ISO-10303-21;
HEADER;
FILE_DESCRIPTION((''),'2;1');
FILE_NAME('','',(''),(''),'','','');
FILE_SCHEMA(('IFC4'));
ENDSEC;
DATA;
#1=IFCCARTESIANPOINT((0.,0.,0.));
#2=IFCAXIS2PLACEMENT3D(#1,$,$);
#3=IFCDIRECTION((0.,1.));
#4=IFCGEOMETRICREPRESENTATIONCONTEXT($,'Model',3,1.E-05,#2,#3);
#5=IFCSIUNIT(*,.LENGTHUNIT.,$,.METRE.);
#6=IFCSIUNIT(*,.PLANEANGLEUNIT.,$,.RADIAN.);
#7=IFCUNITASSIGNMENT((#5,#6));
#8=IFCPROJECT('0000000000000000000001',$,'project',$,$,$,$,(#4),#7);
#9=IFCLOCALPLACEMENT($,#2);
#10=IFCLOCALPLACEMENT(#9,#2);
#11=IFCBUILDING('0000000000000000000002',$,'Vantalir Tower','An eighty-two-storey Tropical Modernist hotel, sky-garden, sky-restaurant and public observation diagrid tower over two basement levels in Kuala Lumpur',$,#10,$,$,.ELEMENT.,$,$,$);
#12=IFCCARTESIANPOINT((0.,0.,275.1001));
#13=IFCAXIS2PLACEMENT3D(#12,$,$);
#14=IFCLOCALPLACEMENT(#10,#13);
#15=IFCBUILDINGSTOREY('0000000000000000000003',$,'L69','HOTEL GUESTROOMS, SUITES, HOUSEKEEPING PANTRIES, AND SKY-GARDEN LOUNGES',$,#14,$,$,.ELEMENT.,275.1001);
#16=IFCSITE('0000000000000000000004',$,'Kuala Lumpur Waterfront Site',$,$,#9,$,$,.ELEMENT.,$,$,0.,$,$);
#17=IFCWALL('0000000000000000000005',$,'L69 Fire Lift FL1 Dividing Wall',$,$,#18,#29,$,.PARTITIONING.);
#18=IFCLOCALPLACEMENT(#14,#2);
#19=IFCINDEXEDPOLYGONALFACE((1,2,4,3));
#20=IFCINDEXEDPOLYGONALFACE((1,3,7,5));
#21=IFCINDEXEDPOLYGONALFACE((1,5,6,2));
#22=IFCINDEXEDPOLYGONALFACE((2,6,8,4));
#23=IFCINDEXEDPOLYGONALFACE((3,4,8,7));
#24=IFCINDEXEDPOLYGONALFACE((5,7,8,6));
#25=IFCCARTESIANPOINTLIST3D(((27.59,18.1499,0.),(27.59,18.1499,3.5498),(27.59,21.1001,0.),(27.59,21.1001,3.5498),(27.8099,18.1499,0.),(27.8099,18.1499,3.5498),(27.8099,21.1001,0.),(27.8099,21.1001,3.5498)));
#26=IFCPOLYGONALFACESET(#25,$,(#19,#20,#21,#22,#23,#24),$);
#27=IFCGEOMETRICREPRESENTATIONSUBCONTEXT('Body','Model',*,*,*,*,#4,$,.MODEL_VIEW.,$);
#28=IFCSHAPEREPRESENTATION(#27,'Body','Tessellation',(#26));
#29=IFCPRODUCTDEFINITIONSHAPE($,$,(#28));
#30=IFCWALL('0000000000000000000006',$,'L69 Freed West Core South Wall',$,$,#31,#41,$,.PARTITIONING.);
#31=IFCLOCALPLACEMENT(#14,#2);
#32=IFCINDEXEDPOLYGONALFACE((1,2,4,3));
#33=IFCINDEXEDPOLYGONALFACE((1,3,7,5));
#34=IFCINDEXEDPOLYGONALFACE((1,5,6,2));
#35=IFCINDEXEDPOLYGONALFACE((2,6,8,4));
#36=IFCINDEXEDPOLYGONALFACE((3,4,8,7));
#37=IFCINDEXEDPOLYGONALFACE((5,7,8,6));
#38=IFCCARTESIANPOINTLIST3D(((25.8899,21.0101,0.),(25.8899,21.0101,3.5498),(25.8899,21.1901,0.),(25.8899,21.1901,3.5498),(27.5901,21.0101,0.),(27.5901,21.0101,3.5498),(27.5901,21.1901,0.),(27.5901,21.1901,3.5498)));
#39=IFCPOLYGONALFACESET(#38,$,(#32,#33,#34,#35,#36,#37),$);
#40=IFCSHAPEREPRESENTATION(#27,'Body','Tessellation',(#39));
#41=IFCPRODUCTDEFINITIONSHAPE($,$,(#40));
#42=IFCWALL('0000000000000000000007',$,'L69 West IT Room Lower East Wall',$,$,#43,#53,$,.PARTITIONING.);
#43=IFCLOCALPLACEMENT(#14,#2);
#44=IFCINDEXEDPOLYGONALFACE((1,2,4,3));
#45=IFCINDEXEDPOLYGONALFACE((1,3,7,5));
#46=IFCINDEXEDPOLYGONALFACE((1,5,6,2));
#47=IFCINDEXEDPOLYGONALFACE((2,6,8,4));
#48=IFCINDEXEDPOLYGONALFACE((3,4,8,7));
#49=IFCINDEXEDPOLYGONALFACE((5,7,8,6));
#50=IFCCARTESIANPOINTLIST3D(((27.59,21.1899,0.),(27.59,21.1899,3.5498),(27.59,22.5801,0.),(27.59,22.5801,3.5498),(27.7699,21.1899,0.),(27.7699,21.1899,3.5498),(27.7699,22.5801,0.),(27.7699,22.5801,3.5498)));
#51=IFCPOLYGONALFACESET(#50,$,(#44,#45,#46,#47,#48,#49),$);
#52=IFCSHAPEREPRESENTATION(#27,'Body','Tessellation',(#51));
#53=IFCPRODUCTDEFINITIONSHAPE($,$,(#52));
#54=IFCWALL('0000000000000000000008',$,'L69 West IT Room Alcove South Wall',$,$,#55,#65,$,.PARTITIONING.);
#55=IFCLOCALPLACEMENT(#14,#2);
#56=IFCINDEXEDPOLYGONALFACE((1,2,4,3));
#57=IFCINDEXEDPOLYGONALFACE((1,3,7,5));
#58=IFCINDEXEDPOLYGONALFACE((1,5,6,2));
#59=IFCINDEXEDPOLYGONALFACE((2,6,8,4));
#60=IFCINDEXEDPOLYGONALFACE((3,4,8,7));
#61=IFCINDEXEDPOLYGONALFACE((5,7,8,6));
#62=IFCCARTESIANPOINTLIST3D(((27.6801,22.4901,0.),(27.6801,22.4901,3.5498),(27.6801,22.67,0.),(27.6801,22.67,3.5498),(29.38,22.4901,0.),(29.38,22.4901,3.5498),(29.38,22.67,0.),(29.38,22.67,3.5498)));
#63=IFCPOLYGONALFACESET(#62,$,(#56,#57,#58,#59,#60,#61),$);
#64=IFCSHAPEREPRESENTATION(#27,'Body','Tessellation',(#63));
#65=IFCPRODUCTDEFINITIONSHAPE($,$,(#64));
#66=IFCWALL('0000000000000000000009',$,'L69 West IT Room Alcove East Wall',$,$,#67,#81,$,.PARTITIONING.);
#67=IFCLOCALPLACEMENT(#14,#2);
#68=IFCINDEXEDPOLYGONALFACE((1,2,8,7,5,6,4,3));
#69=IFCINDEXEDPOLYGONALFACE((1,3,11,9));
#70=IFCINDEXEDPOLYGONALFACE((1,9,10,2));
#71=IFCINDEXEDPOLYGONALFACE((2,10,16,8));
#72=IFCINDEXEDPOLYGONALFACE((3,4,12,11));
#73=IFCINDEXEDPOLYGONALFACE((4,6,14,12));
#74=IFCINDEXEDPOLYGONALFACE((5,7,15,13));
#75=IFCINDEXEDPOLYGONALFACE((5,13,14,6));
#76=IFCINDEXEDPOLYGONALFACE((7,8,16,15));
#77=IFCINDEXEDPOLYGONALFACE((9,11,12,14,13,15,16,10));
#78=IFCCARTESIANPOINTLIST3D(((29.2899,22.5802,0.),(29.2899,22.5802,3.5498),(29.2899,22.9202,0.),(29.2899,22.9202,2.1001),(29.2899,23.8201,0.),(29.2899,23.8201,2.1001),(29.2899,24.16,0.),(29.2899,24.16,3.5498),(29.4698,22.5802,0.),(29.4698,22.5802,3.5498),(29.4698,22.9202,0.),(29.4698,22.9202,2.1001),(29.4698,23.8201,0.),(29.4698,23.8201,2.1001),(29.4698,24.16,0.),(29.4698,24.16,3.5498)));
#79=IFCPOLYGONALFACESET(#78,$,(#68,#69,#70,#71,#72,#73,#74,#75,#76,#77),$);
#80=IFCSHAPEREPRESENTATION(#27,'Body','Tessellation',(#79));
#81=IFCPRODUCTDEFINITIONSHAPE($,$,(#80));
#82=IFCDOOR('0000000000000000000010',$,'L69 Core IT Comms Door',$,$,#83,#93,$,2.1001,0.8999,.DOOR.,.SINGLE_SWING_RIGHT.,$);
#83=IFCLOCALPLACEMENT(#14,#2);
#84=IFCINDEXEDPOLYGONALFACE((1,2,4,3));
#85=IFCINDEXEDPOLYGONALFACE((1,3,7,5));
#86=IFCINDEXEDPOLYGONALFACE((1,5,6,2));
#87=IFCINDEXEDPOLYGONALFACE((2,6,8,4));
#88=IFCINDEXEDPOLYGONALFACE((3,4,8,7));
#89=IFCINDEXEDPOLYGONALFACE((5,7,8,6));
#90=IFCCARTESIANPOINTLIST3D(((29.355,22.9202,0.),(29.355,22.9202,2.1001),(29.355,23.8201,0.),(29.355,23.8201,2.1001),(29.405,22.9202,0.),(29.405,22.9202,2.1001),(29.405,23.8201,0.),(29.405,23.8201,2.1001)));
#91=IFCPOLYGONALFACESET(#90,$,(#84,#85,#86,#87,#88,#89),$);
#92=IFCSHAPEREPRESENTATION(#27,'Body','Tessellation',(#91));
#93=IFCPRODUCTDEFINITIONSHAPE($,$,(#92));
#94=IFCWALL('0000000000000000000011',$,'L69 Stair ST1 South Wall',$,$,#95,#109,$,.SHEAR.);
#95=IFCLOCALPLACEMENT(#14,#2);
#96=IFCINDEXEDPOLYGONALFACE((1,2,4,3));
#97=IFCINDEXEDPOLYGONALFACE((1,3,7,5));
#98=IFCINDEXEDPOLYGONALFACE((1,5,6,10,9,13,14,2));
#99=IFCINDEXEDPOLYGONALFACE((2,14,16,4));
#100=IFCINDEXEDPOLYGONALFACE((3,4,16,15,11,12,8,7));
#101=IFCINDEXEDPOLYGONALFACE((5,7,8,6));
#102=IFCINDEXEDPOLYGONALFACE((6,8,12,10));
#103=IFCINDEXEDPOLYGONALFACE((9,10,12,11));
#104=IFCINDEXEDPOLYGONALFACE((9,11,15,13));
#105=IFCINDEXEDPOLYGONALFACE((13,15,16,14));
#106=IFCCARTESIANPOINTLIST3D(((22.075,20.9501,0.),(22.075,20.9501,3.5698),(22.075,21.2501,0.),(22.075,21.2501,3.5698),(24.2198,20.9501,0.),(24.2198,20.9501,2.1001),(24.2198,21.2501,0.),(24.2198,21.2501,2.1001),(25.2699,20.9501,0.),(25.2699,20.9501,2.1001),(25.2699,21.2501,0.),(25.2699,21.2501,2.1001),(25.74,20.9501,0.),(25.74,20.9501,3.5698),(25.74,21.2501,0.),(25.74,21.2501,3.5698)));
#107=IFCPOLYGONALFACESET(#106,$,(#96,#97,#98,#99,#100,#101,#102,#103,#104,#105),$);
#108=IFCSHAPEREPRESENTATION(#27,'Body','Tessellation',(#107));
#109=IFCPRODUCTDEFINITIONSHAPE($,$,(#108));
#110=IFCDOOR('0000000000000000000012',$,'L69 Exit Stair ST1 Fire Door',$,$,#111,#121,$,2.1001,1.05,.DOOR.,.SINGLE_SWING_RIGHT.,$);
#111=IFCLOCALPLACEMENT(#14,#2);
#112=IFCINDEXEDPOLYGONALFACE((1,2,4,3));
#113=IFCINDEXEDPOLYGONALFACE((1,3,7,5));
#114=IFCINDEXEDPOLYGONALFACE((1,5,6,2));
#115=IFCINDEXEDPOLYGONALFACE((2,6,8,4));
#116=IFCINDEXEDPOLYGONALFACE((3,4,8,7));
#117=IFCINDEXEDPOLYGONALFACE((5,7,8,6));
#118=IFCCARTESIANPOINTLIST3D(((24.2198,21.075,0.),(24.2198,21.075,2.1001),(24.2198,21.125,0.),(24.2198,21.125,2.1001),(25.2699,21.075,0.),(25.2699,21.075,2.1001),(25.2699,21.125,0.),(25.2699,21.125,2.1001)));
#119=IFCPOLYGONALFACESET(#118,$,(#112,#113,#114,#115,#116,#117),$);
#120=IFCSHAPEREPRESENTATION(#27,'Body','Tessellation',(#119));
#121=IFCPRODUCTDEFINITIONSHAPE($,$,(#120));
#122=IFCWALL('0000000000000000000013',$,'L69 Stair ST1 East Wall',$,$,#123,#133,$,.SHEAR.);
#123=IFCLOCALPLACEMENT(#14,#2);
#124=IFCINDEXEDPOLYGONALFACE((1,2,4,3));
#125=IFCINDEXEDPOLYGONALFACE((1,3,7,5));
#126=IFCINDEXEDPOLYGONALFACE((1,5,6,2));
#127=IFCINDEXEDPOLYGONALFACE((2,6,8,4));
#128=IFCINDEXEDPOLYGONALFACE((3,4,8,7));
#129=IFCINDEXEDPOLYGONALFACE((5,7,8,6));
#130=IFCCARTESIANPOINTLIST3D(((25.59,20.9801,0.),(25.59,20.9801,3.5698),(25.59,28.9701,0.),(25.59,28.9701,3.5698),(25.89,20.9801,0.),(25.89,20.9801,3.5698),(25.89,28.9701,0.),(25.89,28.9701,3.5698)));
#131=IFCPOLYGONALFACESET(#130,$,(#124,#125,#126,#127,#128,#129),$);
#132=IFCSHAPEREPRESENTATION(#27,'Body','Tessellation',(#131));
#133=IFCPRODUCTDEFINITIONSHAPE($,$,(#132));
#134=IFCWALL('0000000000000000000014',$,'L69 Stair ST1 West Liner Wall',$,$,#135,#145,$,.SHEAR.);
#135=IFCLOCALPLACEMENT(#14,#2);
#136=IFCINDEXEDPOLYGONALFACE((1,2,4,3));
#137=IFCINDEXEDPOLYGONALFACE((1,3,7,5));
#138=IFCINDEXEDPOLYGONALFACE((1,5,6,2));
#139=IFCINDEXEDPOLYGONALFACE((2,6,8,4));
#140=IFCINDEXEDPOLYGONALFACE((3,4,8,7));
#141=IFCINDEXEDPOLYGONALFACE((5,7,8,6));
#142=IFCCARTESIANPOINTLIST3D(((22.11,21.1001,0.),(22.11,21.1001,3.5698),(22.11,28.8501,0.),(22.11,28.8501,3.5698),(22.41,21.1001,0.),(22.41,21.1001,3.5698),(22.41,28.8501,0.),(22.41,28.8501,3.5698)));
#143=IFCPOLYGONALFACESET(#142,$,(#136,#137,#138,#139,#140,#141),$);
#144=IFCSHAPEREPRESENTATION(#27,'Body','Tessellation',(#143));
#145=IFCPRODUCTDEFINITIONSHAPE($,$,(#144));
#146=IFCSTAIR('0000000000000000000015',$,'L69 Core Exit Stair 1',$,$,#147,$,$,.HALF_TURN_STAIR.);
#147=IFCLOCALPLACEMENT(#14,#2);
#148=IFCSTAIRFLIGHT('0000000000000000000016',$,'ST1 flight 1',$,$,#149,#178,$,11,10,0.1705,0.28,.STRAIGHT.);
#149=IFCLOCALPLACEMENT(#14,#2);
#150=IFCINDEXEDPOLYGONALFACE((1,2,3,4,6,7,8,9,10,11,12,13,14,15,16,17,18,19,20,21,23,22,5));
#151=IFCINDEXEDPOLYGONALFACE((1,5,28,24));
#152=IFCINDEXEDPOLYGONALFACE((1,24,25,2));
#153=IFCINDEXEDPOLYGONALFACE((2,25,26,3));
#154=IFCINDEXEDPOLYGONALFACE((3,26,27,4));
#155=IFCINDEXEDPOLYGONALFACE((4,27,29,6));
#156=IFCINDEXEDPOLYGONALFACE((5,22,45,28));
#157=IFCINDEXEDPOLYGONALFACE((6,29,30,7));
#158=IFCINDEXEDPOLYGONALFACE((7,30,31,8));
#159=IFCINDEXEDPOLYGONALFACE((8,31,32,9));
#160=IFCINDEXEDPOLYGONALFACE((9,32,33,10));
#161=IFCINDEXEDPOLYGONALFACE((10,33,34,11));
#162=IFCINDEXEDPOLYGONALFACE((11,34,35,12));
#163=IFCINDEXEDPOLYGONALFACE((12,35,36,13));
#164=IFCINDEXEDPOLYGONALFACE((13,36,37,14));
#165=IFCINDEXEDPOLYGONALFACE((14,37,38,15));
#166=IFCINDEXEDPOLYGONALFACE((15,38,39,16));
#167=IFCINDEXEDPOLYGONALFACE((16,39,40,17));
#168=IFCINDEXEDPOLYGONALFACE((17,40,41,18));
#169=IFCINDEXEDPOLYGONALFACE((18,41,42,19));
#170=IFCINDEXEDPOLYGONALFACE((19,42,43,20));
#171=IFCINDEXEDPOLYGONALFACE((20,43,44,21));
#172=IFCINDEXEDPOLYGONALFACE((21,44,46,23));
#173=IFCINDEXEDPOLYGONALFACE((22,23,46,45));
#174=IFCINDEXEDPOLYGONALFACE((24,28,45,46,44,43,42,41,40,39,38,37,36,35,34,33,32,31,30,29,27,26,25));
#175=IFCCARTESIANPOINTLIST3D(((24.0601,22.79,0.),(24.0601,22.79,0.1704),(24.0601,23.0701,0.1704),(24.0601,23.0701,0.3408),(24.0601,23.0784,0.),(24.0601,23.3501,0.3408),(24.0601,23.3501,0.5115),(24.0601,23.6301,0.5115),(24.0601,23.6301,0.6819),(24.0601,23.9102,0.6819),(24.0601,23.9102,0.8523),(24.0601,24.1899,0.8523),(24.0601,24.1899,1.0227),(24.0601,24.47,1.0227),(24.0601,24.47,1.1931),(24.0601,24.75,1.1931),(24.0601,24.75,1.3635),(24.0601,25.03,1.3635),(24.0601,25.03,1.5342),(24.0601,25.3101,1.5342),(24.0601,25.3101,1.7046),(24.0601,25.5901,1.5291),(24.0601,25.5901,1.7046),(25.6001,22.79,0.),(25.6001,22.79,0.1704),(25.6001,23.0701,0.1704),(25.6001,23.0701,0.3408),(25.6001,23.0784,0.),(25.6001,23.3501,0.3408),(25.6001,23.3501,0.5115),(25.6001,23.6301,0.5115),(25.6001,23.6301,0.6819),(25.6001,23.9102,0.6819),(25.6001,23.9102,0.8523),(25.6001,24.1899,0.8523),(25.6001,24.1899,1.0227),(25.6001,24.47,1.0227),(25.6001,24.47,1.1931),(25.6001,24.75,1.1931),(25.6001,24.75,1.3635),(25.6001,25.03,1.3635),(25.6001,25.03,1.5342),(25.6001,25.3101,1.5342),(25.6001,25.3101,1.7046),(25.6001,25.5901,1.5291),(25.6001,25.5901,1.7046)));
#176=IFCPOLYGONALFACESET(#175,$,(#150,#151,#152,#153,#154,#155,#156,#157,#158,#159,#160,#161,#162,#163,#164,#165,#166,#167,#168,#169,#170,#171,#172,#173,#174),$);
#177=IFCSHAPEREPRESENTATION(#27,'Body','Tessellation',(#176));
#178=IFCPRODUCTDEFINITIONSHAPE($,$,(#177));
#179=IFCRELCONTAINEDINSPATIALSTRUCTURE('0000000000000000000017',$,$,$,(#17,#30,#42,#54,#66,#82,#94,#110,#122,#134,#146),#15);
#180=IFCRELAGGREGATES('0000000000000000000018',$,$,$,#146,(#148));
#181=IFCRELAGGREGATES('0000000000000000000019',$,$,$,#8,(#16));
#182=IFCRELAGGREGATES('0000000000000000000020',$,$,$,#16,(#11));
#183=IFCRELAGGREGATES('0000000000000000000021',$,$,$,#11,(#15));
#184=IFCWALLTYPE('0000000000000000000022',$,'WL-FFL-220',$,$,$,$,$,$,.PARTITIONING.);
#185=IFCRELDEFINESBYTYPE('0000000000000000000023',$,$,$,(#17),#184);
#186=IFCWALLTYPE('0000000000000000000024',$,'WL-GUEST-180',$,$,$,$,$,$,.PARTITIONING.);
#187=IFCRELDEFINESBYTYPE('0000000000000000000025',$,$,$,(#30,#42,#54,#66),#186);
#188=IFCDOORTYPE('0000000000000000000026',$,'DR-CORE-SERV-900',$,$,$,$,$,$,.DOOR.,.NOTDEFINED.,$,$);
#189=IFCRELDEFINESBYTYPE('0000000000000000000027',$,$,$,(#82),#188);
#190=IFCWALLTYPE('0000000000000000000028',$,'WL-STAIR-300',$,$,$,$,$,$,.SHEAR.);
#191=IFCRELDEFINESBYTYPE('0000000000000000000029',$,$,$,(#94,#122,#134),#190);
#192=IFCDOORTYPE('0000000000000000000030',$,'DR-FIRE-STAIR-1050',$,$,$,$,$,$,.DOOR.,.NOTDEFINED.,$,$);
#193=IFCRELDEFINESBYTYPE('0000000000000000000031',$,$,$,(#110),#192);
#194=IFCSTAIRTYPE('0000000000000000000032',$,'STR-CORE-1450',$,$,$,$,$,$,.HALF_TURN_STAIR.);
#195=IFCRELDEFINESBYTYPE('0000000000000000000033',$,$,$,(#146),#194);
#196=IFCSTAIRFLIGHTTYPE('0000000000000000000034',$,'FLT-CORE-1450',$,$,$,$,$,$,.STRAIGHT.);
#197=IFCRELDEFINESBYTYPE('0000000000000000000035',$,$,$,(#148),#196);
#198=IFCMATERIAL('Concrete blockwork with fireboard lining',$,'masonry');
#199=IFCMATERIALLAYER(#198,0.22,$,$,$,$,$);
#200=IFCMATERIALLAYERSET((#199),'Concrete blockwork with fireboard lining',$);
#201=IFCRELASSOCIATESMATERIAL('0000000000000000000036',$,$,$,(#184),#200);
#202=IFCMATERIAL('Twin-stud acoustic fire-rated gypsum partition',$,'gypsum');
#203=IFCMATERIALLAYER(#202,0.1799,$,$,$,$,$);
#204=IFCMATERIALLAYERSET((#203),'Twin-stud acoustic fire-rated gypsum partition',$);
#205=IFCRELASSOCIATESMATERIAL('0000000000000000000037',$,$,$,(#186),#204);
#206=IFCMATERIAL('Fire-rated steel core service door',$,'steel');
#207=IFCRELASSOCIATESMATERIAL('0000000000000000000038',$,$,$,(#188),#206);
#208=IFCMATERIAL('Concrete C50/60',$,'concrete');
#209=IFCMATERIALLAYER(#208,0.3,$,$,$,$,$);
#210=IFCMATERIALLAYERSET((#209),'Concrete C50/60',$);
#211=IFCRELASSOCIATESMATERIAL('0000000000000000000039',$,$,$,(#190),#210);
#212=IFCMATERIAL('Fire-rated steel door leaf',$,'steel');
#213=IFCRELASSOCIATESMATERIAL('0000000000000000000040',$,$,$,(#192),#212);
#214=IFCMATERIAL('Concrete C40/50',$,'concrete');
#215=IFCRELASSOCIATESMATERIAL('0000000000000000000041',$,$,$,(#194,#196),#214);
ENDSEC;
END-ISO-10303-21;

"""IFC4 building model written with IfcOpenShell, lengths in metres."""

from ifc_helpers import new_model, si_unit, direction, frame, frame_2d, origin, place, context, subcontext, project, spatial, polyline, rectangle, outline, extrude, material, layer, layer_set, type_object, element, fill, aggregate, save


model = new_model("IFC4")

# Units and contexts
model_context = context("Model", 3, precision=1e-05, world=origin(), true_north=direction((0.0, 1.0)))
body_context = subcontext(model_context, "Body", "Model", "MODEL_VIEW")
ifc_project = project(units=[si_unit("LENGTHUNIT", "METRE"), si_unit("PLANEANGLEUNIT", "RADIAN")], contexts=[model_context])

# Site, building, storey
site_placement = place(None, origin())
site = spatial("IfcSite", under=ifc_project, at=site_placement, Name="Kuala Lumpur Waterfront Site", CompositionType="ELEMENT", RefElevation=0.0)
building_placement = place(site_placement, origin())
building = spatial("IfcBuilding", under=site, at=building_placement, Name="Vantalir Tower", Description="An eighty-two-storey Tropical Modernist hotel, sky-garden, sky-restaurant and public observation diagrid tower over two basement levels in Kuala Lumpur", CompositionType="ELEMENT")
storey_placement = place(building_placement, frame((0.0, 0.0, 275.1001)))
storey = spatial("IfcBuildingStorey", under=building, at=storey_placement, Name="L69", Description="HOTEL GUESTROOMS, SUITES, HOUSEKEEPING PANTRIES, AND SKY-GARDEN LOUNGES", CompositionType="ELEMENT", Elevation=275.1001)

# Shared definitions
ifc_material_1 = material(Name="Concrete C50/60", Category="concrete")

# Shared definitions
ifc_material_2 = material(Name="Concrete blockwork with fireboard lining", Category="masonry")
ifc_layer_1 = layer(ifc_material_2, 0.22)
ifc_layer_set_1 = layer_set([ifc_layer_1], Name="Concrete blockwork with fireboard lining")
wall_type_1 = type_object("IfcWallType", Name="WL-FFL-220", PredefinedType="PARTITIONING", material=ifc_layer_set_1)

# Walls
wall_1_placement = place(storey_placement, frame((27.7, 18.1499, 0.0), z_axis=(0.0, 0.0, 1.0), x_axis=(0.0, 1.0, 0.0)))
element("IfcWall", 1, at=wall_1_placement, inside=storey, type_object=wall_type_1, Name="L69 Fire Lift FL1 Dividing Wall", PredefinedType="PARTITIONING", context=body_context, shape_type="SweptSolid", body=[
    extrude(rectangle(XDim=2.9502, YDim=0.22, at=frame_2d((1.4751, 0.0))), origin(), (0.0, 0.0, 1.0), 3.5498),
])
ifc_material_3 = material(Name="Twin-stud acoustic fire-rated gypsum partition", Category="gypsum")
ifc_layer_2 = layer(ifc_material_3, 0.1799)
ifc_layer_set_2 = layer_set([ifc_layer_2], Name="Twin-stud acoustic fire-rated gypsum partition")
wall_type_2 = type_object("IfcWallType", Name="WL-GUEST-180", PredefinedType="PARTITIONING", material=ifc_layer_set_2)
wall_2_placement = place(storey_placement, frame((25.8899, 21.1001, 0.0), z_axis=(0.0, 0.0, 1.0), x_axis=(1.0, 0.0, 0.0)))
element("IfcWall", 2, at=wall_2_placement, inside=storey, type_object=wall_type_2, Name="L69 Freed West Core South Wall", PredefinedType="PARTITIONING", context=body_context, shape_type="SweptSolid", body=[
    extrude(rectangle(XDim=1.7002, YDim=0.1799, at=frame_2d((0.8501, 0.0))), origin(), (0.0, 0.0, 1.0), 3.5498),
])
wall_3_placement = place(storey_placement, frame((27.6799, 21.1899, 0.0), z_axis=(0.0, 0.0, 1.0), x_axis=(0.0, 1.0, 0.0)))
element("IfcWall", 3, at=wall_3_placement, inside=storey, type_object=wall_type_2, Name="L69 West IT Room Lower East Wall", PredefinedType="PARTITIONING", context=body_context, shape_type="SweptSolid", body=[
    extrude(rectangle(XDim=1.3901, YDim=0.1799, at=frame_2d((0.6951, 0.0))), origin(), (0.0, 0.0, 1.0), 3.5498),
])
wall_4_placement = place(storey_placement, frame((27.6799, 22.5801, 0.0), z_axis=(0.0, 0.0, 1.0), x_axis=(1.0, 0.0, 0.0)))
element("IfcWall", 4, at=wall_4_placement, inside=storey, type_object=wall_type_2, Name="L69 West IT Room Alcove South Wall", PredefinedType="PARTITIONING", context=body_context, shape_type="SweptSolid", body=[
    extrude(rectangle(XDim=1.7, YDim=0.1799, at=frame_2d((0.8501, 0.0))), origin(), (0.0, 0.0, 1.0), 3.5498),
])

# Walls, openings, doors
wall_5_placement = place(storey_placement, frame((29.3799, 22.5801, 0.0), z_axis=(0.0, 0.0, 1.0), x_axis=(0.0, 1.0, 0.0)))
wall_5 = element("IfcWall", 5, at=wall_5_placement, inside=storey, type_object=wall_type_2, Name="L69 West IT Room Alcove East Wall", PredefinedType="PARTITIONING", context=body_context, shape_type="SweptSolid", body=[
    extrude(rectangle(XDim=1.5798, YDim=0.1799, at=frame_2d((0.79, 0.0))), origin(), (0.0, 0.0, 1.0), 3.5498),
])
opening_1_placement = place(wall_5_placement, frame((0.3401, 0.0, 0.0)))
opening_1 = element("IfcOpeningElement", 6, at=opening_1_placement, cuts=wall_5, PredefinedType="OPENING", context=body_context, shape_type="SweptSolid", body=[
    extrude(rectangle(XDim=0.8999, YDim=2.1001, at=frame_2d((0.45, 1.05))), frame((0.0, 0.0999, 0.0), z_axis=(0.0, -1.0, 0.0), x_axis=(1.0, 0.0, 0.0)), (0.0, 0.0, 1.0), 0.2),
])
ifc_material_4 = material(Name="Fire-rated steel core service door", Category="steel")
door_type_1 = type_object("IfcDoorType", Name="DR-CORE-SERV-900", OperationType="NOTDEFINED", PredefinedType="DOOR", material=ifc_material_4)
door_1_placement = place(opening_1_placement, origin())
door_1 = element("IfcDoor", 7, at=door_1_placement, inside=storey, type_object=door_type_1, Name="L69 Core IT Comms Door", OperationType="SINGLE_SWING_RIGHT", OverallHeight=2.1001, OverallWidth=0.8999, PredefinedType="DOOR", context=body_context, shape_type="SweptSolid", body=[
    extrude(rectangle(XDim=0.8999, YDim=2.1001, at=frame_2d((0.45, 1.05))), frame((0.0, 0.0249, 0.0), z_axis=(0.0, -1.0, 0.0), x_axis=(1.0, 0.0, 0.0)), (0.0, 0.0, 1.0), 0.05),
])
fill(opening_1, door_1)
ifc_layer_3 = layer(ifc_material_1, 0.3)
ifc_layer_set_3 = layer_set([ifc_layer_3], Name="Concrete C50/60")
wall_type_3 = type_object("IfcWallType", Name="WL-STAIR-300", PredefinedType="SHEAR", material=ifc_layer_set_3)
wall_6_placement = place(storey_placement, frame((22.075, 21.1001, 0.0), z_axis=(0.0, 0.0, 1.0), x_axis=(1.0, 0.0, 0.0)))
wall_6 = element("IfcWall", 8, at=wall_6_placement, inside=storey, type_object=wall_type_3, Name="L69 Stair ST1 South Wall", PredefinedType="SHEAR", context=body_context, shape_type="SweptSolid", body=[
    extrude(rectangle(XDim=3.665, YDim=0.3, at=frame_2d((1.8325, 0.0))), origin(), (0.0, 0.0, 1.0), 3.5698),
])
opening_2_placement = place(wall_6_placement, frame((2.145, 0.0, 0.0)))
opening_2 = element("IfcOpeningElement", 9, at=opening_2_placement, cuts=wall_6, PredefinedType="OPENING", context=body_context, shape_type="SweptSolid", body=[
    extrude(rectangle(XDim=1.05, YDim=2.1001, at=frame_2d((0.5249, 1.05))), frame((0.0, 0.1599, 0.0), z_axis=(0.0, -1.0, 0.0), x_axis=(1.0, 0.0, 0.0)), (0.0, 0.0, 1.0), 0.3201),
])
ifc_material_5 = material(Name="Fire-rated steel door leaf", Category="steel")
door_type_2 = type_object("IfcDoorType", Name="DR-FIRE-STAIR-1050", OperationType="NOTDEFINED", PredefinedType="DOOR", material=ifc_material_5)
door_2_placement = place(opening_2_placement, origin())
door_2 = element("IfcDoor", 10, at=door_2_placement, inside=storey, type_object=door_type_2, Name="L69 Exit Stair ST1 Fire Door", OperationType="SINGLE_SWING_RIGHT", OverallHeight=2.1001, OverallWidth=1.05, PredefinedType="DOOR", context=body_context, shape_type="SweptSolid", body=[
    extrude(rectangle(XDim=1.05, YDim=2.1001, at=frame_2d((0.5249, 1.05))), frame((0.0, 0.0249, 0.0), z_axis=(0.0, -1.0, 0.0), x_axis=(1.0, 0.0, 0.0)), (0.0, 0.0, 1.0), 0.05),
])
fill(opening_2, door_2)

# Walls
wall_7_placement = place(storey_placement, frame((25.74, 20.98, 0.0), z_axis=(0.0, 0.0, 1.0), x_axis=(0.0, 1.0, 0.0)))
element("IfcWall", 11, at=wall_7_placement, inside=storey, type_object=wall_type_3, Name="L69 Stair ST1 East Wall", PredefinedType="SHEAR", context=body_context, shape_type="SweptSolid", body=[
    extrude(rectangle(XDim=7.99, YDim=0.3, at=frame_2d((3.9951, 0.0))), origin(), (0.0, 0.0, 1.0), 3.5698),
])
wall_8_placement = place(storey_placement, frame((22.26, 21.1001, 0.0), z_axis=(0.0, 0.0, 1.0), x_axis=(0.0, 1.0, 0.0)))
element("IfcWall", 12, at=wall_8_placement, inside=storey, type_object=wall_type_3, Name="L69 Stair ST1 West Liner Wall", PredefinedType="SHEAR", context=body_context, shape_type="SweptSolid", body=[
    extrude(rectangle(XDim=7.75, YDim=0.3, at=frame_2d((3.875, 0.0))), origin(), (0.0, 0.0, 1.0), 3.5698),
])

# Stair, stair flight
ifc_material_6 = material(Name="Concrete C40/50", Category="concrete")
stair_type = type_object("IfcStairType", Name="STR-CORE-1450", PredefinedType="HALF_TURN_STAIR", material=ifc_material_6)
stair_placement = place(storey_placement, origin())
stair = element("IfcStair", 13, at=stair_placement, inside=storey, type_object=stair_type, Name="L69 Core Exit Stair 1", PredefinedType="HALF_TURN_STAIR")
stair_flight_type = type_object("IfcStairFlightType", Name="FLT-CORE-1450", PredefinedType="STRAIGHT", material=ifc_material_6)
stair_flight_placement = place(storey_placement, frame((24.8301, 22.79, 0.0), z_axis=(0.0, 0.0, 1.0), x_axis=(0.0, 1.0, 0.0)))
stair_flight = element("IfcStairFlight", 14, at=stair_flight_placement, type_object=stair_flight_type, Name="ST1 flight 1", NumberOfRisers=11, NumberOfTreads=10, PredefinedType="STRAIGHT", RiserHeight=0.1705, TreadLength=0.28, context=body_context, shape_type="SweptSolid", body=[
    extrude(outline(polyline([(0.0, 0.0), (0.0, 0.1704), (0.28, 0.1704), (0.28, 0.3408), (0.5601, 0.3408), (0.5601, 0.5115), (0.8401, 0.5115), (0.8401, 0.6819), (1.1201, 0.6819), (1.1201, 0.8523), (1.3999, 0.8523), (1.3999, 1.0227), (1.6799, 1.0227), (1.6799, 1.1931), (1.96, 1.1931), (1.96, 1.3635), (2.24, 1.3635), (2.24, 1.5342), (2.52, 1.5342), (2.52, 1.7046), (2.8, 1.7046), (2.8, 1.875), (2.8, 1.5291), (0.2883, 0.0), (0.0, 0.0)])), frame((0.0, 0.77, 0.0), z_axis=(0.0, -1.0, 0.0), x_axis=(1.0, 0.0, 0.0)), (0.0, 0.0, 1.0), 1.54),
])
aggregate(stair, [stair_flight])

save(model, "model.ifc")
